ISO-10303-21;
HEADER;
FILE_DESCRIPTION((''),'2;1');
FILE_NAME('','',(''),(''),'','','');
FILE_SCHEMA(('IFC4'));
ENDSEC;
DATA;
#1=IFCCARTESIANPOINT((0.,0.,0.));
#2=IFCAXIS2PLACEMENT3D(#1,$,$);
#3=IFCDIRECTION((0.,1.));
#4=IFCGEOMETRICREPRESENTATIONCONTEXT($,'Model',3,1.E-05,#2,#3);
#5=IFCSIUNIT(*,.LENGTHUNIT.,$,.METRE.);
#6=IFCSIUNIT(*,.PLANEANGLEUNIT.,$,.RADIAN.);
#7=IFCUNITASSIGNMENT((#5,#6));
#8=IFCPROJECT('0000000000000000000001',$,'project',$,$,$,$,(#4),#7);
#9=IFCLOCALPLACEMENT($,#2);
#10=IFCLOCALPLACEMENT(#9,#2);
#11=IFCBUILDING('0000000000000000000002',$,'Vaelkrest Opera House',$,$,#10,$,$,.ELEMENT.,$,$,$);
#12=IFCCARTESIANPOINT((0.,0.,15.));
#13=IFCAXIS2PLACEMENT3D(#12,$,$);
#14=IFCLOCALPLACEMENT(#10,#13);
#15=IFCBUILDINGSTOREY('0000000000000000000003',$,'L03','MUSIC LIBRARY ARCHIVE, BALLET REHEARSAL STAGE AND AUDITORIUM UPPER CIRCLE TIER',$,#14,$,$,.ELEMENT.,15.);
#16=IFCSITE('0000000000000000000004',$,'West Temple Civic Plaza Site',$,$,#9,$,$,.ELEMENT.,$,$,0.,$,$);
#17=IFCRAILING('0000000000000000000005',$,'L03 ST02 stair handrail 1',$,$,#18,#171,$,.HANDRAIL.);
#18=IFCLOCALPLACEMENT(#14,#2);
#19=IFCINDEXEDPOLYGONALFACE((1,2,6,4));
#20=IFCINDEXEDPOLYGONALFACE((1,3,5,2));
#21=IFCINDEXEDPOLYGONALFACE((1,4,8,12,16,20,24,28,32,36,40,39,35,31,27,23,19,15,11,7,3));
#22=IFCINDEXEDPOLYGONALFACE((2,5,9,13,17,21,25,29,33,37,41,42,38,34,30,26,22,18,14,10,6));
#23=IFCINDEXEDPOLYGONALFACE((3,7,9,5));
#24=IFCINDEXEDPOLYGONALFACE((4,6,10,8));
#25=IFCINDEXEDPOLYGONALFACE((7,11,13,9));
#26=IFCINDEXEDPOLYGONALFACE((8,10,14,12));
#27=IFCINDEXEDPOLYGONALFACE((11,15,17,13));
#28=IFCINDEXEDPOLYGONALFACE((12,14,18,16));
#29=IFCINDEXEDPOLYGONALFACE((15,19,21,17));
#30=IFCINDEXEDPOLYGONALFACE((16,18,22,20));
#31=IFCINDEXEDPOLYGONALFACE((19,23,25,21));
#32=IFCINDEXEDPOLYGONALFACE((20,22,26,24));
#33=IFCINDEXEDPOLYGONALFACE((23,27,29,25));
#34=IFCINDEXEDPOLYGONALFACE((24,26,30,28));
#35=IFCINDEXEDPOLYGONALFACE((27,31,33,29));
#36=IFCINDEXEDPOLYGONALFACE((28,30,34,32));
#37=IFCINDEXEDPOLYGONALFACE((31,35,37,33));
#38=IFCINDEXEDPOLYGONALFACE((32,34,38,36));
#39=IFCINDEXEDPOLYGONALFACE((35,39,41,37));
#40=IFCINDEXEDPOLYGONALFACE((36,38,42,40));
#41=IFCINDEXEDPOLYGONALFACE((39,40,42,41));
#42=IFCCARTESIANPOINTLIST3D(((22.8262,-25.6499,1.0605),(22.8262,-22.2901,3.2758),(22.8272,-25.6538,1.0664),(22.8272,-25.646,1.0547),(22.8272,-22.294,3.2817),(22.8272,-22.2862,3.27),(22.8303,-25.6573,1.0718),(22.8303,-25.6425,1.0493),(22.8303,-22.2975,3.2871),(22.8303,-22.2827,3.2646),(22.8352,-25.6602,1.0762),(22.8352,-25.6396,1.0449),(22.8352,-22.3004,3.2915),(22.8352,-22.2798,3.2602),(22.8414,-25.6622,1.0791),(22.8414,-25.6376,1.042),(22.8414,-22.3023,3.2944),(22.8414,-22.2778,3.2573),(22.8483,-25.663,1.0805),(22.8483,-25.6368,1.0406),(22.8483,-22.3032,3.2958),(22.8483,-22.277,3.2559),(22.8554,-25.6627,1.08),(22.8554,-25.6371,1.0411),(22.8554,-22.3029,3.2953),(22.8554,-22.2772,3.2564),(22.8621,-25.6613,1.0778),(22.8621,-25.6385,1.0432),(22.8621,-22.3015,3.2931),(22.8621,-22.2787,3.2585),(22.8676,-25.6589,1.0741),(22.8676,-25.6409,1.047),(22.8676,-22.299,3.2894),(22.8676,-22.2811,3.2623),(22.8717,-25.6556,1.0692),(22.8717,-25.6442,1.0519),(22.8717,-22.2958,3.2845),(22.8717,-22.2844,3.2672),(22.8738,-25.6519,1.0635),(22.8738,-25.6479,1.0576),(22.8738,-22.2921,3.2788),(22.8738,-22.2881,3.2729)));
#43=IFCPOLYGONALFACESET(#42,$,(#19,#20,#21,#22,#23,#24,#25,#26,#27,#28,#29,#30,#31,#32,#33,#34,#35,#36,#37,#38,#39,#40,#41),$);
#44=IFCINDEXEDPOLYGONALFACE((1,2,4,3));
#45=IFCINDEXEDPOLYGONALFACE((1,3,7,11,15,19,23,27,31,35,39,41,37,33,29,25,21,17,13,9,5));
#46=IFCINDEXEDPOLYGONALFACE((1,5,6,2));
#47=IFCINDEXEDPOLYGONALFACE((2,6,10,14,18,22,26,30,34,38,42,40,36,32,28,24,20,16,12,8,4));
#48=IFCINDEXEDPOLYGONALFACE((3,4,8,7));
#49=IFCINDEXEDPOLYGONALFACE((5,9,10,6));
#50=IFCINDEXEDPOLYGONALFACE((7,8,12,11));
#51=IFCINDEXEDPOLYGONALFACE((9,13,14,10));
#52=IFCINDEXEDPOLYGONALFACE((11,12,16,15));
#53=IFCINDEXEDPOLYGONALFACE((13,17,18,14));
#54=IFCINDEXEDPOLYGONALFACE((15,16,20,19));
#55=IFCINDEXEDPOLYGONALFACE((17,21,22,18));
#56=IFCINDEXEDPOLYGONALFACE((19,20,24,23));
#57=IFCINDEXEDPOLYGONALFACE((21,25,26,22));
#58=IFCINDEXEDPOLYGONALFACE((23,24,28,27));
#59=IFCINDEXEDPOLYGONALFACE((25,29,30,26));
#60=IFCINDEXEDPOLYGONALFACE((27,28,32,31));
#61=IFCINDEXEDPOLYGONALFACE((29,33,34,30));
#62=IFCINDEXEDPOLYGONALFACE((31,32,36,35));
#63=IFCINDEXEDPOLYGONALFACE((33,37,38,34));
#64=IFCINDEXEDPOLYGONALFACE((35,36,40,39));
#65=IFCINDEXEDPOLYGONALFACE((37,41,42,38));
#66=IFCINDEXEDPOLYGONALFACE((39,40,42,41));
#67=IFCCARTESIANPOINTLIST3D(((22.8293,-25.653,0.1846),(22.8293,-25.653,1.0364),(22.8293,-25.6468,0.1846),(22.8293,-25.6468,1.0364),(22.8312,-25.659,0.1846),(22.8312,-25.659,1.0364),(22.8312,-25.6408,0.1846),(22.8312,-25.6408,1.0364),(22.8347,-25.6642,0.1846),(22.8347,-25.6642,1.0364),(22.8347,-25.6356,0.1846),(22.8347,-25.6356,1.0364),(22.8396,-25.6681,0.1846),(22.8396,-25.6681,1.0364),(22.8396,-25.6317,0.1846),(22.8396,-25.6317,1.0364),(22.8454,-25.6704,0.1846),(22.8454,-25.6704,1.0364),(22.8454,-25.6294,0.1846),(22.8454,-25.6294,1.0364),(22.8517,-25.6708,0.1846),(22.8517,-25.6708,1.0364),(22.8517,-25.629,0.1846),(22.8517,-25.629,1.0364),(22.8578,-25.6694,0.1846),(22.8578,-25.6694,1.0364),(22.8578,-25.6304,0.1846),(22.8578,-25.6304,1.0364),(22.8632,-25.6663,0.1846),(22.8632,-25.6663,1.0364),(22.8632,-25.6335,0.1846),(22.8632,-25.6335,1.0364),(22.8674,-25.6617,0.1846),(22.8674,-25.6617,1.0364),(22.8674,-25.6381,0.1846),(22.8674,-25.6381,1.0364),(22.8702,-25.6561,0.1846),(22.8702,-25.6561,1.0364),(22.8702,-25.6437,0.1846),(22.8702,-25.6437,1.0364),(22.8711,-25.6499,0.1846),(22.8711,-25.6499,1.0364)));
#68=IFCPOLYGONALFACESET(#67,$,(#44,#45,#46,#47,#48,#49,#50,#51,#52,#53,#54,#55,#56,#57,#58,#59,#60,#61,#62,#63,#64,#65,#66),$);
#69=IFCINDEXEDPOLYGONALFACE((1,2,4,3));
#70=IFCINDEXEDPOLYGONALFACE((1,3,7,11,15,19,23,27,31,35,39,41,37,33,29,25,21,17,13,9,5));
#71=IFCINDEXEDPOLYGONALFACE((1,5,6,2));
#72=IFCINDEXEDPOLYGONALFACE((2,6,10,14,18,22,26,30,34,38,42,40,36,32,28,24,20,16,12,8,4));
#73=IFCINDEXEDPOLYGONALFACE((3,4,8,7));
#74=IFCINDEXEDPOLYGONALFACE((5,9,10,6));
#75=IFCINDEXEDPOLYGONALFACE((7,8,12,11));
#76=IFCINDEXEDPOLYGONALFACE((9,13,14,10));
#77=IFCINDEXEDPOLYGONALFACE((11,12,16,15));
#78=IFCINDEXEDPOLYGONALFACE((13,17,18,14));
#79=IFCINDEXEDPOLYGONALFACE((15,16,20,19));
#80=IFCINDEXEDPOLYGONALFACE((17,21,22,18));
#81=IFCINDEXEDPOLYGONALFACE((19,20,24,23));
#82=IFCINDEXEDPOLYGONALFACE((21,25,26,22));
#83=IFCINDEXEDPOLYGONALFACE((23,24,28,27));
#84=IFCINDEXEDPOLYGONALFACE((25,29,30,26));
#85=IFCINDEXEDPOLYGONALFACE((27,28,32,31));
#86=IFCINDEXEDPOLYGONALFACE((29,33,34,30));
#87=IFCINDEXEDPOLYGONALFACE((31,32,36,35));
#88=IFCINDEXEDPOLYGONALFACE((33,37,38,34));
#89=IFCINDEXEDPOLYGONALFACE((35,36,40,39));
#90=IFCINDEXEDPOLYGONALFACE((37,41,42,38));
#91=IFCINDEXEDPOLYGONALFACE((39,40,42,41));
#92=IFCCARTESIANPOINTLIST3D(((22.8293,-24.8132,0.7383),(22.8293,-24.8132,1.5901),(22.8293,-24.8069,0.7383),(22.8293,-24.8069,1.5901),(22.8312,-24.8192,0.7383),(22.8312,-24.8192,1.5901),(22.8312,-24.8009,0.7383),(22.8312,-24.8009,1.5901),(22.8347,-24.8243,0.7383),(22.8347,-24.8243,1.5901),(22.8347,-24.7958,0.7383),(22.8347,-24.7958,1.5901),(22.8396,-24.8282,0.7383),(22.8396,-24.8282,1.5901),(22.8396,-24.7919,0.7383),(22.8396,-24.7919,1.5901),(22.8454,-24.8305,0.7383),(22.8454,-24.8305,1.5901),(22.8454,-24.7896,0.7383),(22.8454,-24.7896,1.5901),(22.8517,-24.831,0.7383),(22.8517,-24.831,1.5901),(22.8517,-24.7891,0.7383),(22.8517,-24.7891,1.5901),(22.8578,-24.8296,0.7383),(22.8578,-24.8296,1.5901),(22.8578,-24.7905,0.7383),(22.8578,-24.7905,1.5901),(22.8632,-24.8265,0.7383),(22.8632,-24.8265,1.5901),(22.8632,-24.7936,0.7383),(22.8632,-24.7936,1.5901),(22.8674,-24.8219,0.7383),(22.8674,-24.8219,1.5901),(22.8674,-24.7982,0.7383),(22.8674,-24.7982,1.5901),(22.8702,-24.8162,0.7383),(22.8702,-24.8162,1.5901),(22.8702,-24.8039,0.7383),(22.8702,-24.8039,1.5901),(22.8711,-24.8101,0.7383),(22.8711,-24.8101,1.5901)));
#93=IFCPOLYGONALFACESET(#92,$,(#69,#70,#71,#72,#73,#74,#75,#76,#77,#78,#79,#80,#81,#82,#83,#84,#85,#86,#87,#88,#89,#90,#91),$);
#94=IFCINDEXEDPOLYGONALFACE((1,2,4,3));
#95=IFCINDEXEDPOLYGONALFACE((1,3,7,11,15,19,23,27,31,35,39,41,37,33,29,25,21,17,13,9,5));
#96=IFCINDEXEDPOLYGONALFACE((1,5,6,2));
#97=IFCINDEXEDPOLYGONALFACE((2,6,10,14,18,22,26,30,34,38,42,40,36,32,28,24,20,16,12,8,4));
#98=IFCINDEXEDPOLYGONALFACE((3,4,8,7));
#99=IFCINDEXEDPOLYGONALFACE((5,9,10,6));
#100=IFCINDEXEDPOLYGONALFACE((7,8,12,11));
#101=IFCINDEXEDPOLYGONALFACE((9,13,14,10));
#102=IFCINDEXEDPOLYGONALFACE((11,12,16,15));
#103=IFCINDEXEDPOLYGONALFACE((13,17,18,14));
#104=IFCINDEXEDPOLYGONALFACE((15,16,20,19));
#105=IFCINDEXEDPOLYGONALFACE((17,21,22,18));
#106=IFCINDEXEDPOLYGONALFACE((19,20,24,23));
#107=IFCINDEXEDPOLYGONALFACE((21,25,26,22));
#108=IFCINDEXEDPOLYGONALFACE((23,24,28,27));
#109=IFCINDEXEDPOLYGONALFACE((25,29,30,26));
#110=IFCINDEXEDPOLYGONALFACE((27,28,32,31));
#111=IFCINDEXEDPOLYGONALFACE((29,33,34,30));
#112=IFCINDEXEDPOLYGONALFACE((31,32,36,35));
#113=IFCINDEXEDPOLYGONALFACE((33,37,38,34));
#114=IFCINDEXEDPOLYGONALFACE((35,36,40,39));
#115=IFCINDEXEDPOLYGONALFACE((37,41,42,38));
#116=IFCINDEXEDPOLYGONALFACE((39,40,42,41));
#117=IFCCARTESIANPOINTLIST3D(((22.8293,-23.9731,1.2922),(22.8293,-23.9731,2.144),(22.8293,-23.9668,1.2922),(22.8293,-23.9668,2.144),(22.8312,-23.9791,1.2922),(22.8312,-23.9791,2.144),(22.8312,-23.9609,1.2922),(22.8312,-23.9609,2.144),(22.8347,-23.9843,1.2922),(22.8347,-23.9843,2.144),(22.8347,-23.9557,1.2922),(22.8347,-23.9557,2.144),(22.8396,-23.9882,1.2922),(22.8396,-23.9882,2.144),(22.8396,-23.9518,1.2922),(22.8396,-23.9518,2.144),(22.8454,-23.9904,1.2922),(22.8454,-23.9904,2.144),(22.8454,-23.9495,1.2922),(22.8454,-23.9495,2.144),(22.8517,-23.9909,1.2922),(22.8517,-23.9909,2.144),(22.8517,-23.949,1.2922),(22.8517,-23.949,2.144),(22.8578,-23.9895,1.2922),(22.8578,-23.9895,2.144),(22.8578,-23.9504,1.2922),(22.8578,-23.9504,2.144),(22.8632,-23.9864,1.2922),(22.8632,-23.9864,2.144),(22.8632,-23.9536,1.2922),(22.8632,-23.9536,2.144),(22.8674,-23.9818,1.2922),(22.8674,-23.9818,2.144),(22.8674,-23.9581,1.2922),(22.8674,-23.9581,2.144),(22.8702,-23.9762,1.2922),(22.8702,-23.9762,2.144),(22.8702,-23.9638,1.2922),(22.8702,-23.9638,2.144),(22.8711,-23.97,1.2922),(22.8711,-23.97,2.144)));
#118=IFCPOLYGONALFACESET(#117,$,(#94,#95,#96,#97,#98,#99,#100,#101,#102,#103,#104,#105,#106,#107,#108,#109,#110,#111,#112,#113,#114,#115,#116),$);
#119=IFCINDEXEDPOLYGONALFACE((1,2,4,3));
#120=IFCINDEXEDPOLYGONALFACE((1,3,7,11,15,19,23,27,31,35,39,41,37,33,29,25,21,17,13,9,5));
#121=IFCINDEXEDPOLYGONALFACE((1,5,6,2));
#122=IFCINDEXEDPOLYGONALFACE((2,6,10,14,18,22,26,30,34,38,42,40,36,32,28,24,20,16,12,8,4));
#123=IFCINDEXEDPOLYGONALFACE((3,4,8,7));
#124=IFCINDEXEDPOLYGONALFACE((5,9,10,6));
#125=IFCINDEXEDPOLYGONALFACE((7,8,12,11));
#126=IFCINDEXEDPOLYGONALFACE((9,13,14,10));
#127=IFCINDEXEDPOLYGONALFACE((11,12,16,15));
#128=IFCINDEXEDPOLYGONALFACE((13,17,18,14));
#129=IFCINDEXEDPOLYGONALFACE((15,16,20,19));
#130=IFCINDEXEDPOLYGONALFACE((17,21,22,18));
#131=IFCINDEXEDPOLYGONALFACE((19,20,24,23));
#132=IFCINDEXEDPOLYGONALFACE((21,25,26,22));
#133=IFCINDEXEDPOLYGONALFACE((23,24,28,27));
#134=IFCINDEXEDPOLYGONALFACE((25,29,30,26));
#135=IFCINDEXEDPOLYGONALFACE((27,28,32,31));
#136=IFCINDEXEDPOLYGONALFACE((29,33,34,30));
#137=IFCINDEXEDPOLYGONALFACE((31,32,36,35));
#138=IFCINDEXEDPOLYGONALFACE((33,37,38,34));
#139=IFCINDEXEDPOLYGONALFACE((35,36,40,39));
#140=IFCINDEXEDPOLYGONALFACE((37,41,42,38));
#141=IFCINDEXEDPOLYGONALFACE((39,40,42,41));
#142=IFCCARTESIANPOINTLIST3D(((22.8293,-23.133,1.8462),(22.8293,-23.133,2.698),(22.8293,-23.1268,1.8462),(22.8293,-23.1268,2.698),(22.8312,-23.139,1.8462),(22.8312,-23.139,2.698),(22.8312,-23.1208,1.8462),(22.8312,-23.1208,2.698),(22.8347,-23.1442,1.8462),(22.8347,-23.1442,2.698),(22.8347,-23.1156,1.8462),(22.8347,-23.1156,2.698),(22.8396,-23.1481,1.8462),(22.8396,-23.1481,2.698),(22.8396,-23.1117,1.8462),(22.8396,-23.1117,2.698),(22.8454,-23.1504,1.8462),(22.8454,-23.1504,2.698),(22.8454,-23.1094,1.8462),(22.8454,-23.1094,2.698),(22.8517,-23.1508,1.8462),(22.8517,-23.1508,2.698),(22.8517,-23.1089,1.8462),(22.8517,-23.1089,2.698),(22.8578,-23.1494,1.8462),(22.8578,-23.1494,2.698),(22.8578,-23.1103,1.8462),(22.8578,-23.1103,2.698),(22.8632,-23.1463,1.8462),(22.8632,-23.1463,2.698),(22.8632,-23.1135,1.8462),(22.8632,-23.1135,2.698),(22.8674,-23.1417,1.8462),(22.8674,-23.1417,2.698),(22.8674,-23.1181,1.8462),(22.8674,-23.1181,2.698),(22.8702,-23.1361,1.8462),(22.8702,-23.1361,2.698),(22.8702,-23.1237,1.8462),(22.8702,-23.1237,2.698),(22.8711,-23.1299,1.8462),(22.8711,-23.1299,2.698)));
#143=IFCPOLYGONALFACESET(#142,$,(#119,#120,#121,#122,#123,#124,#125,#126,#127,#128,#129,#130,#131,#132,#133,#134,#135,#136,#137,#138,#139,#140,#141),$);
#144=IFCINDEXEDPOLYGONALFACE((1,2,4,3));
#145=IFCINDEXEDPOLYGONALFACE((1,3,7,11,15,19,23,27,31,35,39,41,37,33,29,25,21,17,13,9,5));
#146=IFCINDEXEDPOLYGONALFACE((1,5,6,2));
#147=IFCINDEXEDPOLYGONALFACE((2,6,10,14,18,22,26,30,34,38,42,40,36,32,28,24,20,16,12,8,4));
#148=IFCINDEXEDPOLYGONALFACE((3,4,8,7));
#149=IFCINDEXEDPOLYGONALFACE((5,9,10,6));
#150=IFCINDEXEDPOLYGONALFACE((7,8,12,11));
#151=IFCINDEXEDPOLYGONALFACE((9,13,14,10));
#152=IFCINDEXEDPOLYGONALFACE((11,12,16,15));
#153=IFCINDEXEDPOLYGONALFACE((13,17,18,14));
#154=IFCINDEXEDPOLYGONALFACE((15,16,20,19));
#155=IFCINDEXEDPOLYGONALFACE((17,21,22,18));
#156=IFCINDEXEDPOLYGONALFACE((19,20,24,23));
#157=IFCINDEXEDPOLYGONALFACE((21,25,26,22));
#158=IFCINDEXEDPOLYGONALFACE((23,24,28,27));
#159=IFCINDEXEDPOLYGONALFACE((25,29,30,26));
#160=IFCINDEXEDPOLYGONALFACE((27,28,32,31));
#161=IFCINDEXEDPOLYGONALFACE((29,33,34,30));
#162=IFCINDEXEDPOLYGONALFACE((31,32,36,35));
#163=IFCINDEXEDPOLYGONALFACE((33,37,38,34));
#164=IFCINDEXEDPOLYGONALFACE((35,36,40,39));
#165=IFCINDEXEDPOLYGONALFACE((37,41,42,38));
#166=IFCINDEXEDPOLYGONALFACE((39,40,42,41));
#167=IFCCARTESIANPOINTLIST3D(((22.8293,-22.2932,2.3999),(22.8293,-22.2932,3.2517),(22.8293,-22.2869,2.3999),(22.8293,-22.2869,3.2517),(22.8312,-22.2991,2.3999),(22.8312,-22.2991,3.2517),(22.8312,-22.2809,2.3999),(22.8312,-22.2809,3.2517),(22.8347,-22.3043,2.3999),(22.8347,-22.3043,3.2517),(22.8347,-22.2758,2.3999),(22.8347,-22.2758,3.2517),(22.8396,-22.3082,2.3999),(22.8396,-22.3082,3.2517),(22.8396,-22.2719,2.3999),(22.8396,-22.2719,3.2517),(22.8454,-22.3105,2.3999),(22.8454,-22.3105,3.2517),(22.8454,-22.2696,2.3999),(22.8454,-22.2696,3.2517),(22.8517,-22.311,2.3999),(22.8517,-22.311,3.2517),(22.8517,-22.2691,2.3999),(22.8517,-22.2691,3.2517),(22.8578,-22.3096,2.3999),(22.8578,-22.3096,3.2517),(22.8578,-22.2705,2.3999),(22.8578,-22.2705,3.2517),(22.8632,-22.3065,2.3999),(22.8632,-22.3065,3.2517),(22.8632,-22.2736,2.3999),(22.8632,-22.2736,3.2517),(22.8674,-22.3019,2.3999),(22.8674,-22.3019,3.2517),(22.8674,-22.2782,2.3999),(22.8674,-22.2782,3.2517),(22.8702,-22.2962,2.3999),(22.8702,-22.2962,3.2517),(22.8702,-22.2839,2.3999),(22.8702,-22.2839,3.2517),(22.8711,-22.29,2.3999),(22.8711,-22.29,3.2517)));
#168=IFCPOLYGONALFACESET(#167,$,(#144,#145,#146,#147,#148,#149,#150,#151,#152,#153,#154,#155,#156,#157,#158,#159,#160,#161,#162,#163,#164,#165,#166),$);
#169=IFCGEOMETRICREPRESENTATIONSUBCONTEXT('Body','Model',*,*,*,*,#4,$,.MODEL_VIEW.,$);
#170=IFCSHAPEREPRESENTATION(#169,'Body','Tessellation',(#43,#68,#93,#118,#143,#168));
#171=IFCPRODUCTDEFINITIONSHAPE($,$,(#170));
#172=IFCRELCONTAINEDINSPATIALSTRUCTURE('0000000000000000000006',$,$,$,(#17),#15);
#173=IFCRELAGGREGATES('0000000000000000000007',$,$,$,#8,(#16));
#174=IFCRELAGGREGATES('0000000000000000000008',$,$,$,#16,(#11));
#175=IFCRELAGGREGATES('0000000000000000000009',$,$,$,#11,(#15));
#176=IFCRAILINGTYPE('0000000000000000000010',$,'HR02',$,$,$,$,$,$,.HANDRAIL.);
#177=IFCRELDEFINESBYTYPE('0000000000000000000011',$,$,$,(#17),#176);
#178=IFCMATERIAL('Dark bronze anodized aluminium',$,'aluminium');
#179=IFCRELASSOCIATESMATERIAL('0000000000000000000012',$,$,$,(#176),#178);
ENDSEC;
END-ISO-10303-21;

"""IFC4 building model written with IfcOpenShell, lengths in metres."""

from ifc_helpers import new_model, si_unit, direction, frame, origin, origin_2d, place, context, subcontext, project, spatial, circle, extrude, material, type_object, element, save


model = new_model("IFC4")

# Units and contexts
model_context = context("Model", 3, precision=1e-05, world=origin(), true_north=direction((0.0, 1.0)))
body_context = subcontext(model_context, "Body", "Model", "MODEL_VIEW")
ifc_project = project(units=[si_unit("LENGTHUNIT", "METRE"), si_unit("PLANEANGLEUNIT", "RADIAN")], contexts=[model_context])

# Site, building, storey
site_placement = place(None, origin())
site = spatial("IfcSite", under=ifc_project, at=site_placement, Name="West Temple Civic Plaza Site", CompositionType="ELEMENT", RefElevation=0.0)
building_placement = place(site_placement, origin())
building = spatial("IfcBuilding", under=site, at=building_placement, Name="Vaelkrest Opera House", CompositionType="ELEMENT")
storey_placement = place(building_placement, frame((0.0, 0.0, 15.0)))
storey = spatial("IfcBuildingStorey", under=building, at=storey_placement, Name="L03", Description="MUSIC LIBRARY ARCHIVE, BALLET REHEARSAL STAGE AND AUDITORIUM UPPER CIRCLE TIER", CompositionType="ELEMENT", Elevation=15.0)

# Shared definitions
ifc_material_1 = material(Name="Dark bronze anodized aluminium", Category="aluminium")

# Railing
railing_type_1 = type_object("IfcRailingType", Name="HR02", PredefinedType="HANDRAIL", material=ifc_material_1)
railing_1_placement = place(storey_placement, frame((22.8501, -25.6499, 0.1846)))
element("IfcRailing", 1, at=railing_1_placement, inside=storey, type_object=railing_type_1, Name="L03 ST02 stair handrail 1", PredefinedType="HANDRAIL", context=body_context, shape_type="SweptSolid", body=[
    extrude(circle(Radius=0.0239, at=origin_2d()), frame((0.0, 0.0, 0.876), z_axis=(0.0, 0.834858, 0.550465), x_axis=(-1.0, 0.0, 0.0)), (0.0, 0.0, 1.0), 4.0244),
    extrude(circle(Radius=0.021, at=origin_2d()), origin(), (0.0, 0.0, 1.0), 0.8518),
    extrude(circle(Radius=0.021, at=origin_2d()), frame((0.0, 0.8398, 0.5537)), (0.0, 0.0, 1.0), 0.8518),
    extrude(circle(Radius=0.021, at=origin_2d()), frame((0.0, 1.6799, 1.1077)), (0.0, 0.0, 1.0), 0.8518),
    extrude(circle(Radius=0.021, at=origin_2d()), frame((0.0, 2.52, 1.6616)), (0.0, 0.0, 1.0), 0.8518),
    extrude(circle(Radius=0.021, at=origin_2d()), frame((0.0, 3.3599, 2.2153)), (0.0, 0.0, 1.0), 0.8518),
])

save(model, "model.ifc")
